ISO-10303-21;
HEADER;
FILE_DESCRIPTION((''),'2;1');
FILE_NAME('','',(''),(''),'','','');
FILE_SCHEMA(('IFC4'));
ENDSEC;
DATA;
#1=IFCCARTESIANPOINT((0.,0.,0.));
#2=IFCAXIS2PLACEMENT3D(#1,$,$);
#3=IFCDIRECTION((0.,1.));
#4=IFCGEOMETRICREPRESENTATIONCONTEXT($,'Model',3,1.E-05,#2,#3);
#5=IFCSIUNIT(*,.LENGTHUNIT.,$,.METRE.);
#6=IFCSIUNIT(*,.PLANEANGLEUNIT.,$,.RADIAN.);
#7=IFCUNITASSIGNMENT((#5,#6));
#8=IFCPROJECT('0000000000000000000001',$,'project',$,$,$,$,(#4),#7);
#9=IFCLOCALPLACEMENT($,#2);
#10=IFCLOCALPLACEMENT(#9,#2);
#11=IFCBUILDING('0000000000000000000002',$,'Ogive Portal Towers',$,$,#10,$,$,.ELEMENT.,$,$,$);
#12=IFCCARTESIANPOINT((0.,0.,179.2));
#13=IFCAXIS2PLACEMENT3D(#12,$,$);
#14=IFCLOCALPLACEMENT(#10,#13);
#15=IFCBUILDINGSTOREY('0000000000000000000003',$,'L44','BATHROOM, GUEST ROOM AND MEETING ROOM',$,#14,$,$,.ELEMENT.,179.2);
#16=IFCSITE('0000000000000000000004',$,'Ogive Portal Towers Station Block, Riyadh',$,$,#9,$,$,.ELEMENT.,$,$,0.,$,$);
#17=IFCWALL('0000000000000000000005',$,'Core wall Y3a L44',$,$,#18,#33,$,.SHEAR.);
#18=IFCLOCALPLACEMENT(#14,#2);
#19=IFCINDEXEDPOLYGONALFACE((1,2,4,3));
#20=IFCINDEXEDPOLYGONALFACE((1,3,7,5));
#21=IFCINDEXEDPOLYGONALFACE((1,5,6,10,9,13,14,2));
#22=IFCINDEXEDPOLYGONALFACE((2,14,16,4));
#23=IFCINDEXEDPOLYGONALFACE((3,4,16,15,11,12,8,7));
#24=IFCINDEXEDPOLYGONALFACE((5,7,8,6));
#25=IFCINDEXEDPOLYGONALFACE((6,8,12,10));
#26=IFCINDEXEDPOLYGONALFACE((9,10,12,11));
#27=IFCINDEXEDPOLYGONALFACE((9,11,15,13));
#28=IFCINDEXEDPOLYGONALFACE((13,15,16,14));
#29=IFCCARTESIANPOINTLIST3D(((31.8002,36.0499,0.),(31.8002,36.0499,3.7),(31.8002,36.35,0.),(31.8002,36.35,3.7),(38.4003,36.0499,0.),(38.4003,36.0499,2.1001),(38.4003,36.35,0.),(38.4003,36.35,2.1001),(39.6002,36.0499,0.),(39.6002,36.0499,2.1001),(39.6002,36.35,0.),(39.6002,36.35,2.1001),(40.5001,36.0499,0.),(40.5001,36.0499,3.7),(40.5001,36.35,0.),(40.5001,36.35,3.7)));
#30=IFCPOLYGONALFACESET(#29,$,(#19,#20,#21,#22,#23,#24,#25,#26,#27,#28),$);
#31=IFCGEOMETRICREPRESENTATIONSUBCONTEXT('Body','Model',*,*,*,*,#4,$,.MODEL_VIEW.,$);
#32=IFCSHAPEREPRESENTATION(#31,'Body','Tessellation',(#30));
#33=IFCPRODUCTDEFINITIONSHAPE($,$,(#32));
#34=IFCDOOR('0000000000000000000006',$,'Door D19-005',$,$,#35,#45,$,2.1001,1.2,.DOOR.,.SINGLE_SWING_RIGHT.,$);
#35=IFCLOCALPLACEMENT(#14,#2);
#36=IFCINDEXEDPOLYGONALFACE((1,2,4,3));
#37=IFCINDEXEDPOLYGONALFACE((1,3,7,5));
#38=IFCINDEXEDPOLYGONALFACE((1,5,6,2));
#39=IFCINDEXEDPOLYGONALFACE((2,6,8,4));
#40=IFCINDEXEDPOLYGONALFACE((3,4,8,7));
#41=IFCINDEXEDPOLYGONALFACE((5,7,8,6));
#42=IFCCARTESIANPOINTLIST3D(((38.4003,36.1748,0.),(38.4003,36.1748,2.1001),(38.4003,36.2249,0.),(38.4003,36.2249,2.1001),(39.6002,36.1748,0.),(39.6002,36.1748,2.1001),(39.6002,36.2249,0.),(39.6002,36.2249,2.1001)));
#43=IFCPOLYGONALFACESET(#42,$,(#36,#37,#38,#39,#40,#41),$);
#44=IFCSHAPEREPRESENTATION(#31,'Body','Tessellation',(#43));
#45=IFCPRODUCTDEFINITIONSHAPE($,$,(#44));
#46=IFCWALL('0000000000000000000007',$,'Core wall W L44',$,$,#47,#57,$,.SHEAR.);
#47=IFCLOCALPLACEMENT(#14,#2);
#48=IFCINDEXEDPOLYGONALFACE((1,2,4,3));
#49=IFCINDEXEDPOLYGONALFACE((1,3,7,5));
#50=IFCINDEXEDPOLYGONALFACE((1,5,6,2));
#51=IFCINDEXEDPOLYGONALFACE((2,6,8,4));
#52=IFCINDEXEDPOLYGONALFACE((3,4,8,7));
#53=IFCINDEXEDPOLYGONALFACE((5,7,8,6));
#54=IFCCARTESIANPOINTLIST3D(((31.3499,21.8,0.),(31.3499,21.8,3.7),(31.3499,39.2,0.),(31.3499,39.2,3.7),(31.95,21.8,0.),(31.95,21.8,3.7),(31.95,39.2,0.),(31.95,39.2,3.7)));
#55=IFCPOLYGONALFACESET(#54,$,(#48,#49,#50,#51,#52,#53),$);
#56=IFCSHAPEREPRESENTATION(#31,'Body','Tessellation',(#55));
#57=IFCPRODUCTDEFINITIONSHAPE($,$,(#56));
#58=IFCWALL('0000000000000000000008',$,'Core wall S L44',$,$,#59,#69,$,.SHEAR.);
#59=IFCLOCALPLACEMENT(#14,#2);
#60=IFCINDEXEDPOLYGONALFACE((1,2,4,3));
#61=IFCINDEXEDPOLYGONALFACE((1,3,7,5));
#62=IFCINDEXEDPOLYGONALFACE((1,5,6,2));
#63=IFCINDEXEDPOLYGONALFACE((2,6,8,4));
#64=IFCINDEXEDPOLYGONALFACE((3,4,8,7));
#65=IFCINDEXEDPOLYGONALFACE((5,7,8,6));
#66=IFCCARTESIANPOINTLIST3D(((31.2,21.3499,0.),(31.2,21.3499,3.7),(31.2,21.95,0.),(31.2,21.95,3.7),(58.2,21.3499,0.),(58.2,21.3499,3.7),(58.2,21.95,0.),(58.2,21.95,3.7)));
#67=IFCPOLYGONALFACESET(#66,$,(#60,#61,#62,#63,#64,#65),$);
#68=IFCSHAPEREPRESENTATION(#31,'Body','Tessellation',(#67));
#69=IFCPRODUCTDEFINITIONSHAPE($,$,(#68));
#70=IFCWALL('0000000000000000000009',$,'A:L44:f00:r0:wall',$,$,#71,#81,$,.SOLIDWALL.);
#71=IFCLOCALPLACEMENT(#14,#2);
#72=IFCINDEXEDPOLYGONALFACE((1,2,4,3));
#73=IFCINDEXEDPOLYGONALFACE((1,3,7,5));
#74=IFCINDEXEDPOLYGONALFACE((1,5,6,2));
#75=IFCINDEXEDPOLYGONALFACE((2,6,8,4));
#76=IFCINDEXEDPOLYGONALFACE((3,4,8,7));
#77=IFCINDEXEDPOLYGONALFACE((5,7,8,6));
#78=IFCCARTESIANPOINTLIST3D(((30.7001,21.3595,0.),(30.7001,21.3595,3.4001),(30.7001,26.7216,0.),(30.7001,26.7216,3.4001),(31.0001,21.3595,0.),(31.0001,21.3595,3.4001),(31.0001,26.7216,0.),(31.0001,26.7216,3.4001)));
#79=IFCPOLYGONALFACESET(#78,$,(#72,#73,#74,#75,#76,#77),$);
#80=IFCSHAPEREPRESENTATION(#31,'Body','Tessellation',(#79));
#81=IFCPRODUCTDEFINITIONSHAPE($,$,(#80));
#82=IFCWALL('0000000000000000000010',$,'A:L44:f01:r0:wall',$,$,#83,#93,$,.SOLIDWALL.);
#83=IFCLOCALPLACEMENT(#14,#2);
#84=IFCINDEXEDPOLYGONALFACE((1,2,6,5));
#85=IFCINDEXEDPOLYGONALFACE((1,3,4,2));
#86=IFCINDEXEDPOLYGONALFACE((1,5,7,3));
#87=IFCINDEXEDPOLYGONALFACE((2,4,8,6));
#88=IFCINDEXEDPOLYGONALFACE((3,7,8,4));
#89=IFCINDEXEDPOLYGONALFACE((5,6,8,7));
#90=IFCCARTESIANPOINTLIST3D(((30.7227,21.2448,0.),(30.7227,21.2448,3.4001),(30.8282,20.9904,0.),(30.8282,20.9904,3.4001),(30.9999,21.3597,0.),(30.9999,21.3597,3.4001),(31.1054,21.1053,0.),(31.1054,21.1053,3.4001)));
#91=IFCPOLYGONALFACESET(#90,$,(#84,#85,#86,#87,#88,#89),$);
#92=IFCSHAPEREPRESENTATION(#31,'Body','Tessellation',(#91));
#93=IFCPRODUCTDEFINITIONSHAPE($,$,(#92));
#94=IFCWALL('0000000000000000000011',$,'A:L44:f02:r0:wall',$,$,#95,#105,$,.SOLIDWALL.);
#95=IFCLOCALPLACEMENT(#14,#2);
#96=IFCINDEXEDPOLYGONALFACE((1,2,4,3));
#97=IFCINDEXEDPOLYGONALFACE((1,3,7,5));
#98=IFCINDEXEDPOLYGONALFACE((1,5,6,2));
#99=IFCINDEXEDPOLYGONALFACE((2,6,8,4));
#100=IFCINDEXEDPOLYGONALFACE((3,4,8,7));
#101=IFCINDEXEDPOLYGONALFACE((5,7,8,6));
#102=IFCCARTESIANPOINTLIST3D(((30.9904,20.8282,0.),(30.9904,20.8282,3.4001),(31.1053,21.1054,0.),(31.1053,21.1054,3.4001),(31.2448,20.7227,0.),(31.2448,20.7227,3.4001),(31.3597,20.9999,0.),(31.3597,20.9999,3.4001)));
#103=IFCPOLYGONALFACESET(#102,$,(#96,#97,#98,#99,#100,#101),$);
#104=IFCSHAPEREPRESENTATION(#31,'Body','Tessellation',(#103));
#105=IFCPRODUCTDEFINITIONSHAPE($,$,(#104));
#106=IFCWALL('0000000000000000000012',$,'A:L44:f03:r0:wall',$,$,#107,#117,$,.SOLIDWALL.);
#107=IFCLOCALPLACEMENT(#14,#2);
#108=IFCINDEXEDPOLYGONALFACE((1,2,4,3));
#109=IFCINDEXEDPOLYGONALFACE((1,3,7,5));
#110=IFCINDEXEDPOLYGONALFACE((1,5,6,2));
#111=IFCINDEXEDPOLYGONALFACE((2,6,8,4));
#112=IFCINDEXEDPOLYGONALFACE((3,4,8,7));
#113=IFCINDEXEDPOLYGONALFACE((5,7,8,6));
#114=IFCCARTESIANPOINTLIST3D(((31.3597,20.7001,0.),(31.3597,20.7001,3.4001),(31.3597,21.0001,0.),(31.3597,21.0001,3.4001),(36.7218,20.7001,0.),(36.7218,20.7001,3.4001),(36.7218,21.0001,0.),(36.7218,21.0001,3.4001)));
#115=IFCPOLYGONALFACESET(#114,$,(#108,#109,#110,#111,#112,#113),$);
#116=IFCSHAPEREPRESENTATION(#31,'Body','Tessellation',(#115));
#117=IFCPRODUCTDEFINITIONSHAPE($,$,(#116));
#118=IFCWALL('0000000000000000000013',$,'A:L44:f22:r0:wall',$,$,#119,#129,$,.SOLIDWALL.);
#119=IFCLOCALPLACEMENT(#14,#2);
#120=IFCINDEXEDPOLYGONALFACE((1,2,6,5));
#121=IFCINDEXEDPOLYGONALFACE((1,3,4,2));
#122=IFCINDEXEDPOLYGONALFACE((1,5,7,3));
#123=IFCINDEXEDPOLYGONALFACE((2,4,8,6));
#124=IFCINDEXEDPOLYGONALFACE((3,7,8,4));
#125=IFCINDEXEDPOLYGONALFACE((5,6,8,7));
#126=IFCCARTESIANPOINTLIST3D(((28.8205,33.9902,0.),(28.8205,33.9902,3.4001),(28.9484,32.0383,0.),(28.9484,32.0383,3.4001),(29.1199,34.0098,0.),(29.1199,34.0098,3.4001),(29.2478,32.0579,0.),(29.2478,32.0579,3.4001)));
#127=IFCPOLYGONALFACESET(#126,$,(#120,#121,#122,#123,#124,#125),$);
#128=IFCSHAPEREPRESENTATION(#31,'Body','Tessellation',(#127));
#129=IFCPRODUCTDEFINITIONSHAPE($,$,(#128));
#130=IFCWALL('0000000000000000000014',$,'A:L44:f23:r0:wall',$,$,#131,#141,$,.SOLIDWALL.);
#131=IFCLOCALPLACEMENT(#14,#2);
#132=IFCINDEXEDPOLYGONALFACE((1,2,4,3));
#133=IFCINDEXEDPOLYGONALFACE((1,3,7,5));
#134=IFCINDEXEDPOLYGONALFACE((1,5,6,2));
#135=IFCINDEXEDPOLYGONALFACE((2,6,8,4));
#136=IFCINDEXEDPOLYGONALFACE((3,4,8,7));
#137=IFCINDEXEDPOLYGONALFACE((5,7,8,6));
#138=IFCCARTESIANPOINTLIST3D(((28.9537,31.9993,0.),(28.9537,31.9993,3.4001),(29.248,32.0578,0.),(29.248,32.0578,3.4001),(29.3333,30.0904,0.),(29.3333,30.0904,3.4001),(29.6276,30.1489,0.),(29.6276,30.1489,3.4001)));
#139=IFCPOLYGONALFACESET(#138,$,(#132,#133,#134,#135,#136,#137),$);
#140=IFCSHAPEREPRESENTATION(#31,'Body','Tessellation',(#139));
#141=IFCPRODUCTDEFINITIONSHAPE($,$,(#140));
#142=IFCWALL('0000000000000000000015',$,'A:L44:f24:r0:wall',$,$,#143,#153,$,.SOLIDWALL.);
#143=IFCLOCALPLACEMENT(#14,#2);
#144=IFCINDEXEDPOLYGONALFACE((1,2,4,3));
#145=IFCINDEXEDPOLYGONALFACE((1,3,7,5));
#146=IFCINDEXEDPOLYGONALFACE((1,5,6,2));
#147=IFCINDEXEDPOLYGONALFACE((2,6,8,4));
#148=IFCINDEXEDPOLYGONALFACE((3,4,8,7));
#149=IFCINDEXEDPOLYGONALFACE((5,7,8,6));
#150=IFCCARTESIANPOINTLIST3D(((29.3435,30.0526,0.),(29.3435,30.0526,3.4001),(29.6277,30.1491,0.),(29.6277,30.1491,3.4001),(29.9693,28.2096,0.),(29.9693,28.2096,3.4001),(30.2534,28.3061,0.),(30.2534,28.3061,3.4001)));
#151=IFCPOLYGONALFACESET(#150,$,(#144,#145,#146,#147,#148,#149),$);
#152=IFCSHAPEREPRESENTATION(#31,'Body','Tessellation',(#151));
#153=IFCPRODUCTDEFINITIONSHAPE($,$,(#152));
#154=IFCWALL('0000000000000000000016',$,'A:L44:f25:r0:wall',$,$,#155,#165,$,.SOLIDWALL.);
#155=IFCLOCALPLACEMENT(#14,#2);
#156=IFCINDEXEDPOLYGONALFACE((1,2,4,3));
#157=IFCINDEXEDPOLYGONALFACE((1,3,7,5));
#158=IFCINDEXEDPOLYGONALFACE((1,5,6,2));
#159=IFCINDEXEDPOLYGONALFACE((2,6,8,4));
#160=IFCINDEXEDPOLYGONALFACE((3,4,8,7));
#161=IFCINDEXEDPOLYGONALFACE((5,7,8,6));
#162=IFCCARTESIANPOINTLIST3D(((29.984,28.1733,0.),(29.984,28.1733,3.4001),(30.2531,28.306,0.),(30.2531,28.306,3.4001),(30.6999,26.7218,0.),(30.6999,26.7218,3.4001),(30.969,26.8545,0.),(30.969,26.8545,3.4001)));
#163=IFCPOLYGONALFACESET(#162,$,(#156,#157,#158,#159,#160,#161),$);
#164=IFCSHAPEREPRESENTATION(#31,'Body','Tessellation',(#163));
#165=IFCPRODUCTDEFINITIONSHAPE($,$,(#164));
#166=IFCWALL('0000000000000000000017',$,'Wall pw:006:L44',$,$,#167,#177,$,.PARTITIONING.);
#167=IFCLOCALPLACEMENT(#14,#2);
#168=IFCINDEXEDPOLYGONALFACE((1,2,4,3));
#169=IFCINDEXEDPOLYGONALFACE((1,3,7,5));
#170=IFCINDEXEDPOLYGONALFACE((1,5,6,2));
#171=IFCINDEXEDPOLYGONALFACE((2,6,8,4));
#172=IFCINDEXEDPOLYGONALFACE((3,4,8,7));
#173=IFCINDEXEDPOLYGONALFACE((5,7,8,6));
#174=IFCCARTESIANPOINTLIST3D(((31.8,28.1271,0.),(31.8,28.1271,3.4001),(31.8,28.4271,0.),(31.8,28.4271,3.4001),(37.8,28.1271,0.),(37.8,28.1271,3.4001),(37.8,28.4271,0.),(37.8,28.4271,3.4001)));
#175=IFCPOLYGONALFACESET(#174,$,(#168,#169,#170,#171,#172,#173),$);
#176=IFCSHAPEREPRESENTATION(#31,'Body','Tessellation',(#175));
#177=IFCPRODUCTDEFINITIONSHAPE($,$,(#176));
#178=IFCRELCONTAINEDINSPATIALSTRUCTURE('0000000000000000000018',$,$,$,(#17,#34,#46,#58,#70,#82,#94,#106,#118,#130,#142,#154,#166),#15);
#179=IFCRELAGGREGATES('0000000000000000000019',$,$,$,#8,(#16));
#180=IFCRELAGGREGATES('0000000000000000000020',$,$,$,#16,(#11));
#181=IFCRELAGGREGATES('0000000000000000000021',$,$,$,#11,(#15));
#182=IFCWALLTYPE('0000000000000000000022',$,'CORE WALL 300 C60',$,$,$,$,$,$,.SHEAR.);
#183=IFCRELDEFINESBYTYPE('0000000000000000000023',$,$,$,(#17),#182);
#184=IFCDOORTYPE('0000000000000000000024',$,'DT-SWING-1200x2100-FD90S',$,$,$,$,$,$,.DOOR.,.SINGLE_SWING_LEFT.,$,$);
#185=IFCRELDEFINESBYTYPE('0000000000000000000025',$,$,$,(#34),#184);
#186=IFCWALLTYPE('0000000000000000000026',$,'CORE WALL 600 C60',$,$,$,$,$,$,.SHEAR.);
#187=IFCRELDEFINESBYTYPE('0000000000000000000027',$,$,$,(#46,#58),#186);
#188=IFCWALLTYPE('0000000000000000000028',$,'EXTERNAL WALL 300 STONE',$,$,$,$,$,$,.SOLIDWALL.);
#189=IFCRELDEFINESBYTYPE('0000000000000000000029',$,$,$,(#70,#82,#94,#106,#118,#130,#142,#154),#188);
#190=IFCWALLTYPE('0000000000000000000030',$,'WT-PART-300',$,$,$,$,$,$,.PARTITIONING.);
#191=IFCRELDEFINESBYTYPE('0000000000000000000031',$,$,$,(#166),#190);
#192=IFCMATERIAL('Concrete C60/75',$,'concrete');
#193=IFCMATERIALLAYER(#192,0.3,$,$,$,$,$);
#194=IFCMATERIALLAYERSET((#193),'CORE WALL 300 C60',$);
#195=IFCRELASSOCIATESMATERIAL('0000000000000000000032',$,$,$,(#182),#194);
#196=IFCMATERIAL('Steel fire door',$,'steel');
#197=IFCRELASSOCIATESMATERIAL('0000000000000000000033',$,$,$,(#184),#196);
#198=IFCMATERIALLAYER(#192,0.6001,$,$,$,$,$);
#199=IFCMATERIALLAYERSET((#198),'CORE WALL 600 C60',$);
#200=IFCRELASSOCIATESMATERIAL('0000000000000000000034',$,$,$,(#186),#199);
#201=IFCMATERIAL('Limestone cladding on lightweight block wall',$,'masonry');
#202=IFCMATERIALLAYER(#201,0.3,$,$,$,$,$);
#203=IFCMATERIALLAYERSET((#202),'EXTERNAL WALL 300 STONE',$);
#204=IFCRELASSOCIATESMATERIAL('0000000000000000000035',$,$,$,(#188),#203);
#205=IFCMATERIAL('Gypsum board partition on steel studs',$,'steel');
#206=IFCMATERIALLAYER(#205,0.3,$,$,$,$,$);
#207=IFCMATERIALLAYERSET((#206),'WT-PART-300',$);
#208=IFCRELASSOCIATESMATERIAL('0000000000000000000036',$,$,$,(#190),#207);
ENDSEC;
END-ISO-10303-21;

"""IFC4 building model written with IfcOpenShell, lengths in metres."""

from ifc_helpers import new_model, si_unit, direction, frame, frame_2d, origin, place, context, subcontext, project, spatial, rectangle, extrude, material, layer, layer_set, type_object, element, fill, save


model = new_model("IFC4")

# Units and contexts
model_context = context("Model", 3, precision=1e-05, world=origin(), true_north=direction((0.0, 1.0)))
body_context = subcontext(model_context, "Body", "Model", "MODEL_VIEW")
ifc_project = project(units=[si_unit("LENGTHUNIT", "METRE"), si_unit("PLANEANGLEUNIT", "RADIAN")], contexts=[model_context])

# Site, building, storey
site_placement = place(None, origin())
site = spatial("IfcSite", under=ifc_project, at=site_placement, Name="Ogive Portal Towers Station Block, Riyadh", CompositionType="ELEMENT", RefElevation=0.0)
building_placement = place(site_placement, origin())
building = spatial("IfcBuilding", under=site, at=building_placement, Name="Ogive Portal Towers", CompositionType="ELEMENT")
storey_placement = place(building_placement, frame((0.0, 0.0, 179.2)))
storey = spatial("IfcBuildingStorey", under=building, at=storey_placement, Name="L44", Description="BATHROOM, GUEST ROOM AND MEETING ROOM", CompositionType="ELEMENT", Elevation=179.2)

# Shared definitions
ifc_material_1 = material(Name="Concrete C60/75", Category="concrete")
ifc_layer_1 = layer(ifc_material_1, 0.3)
ifc_layer_set_1 = layer_set([ifc_layer_1], Name="CORE WALL 300 C60")
wall_type_1 = type_object("IfcWallType", Name="CORE WALL 300 C60", PredefinedType="SHEAR", material=ifc_layer_set_1)
ifc_material_2 = material(Name="Steel fire door", Category="steel")
door_type_1 = type_object("IfcDoorType", Name="DT-SWING-1200x2100-FD90S", OperationType="SINGLE_SWING_LEFT", PredefinedType="DOOR", material=ifc_material_2)

# Wall, opening, door
wall_1_placement = place(storey_placement, frame((31.8, 36.2, 0.0), z_axis=(0.0, 0.0, 1.0), x_axis=(1.0, 0.0, 0.0)))
wall_1 = element("IfcWall", 1, at=wall_1_placement, inside=storey, type_object=wall_type_1, Name="Core wall Y3a L44", PredefinedType="SHEAR", context=body_context, shape_type="SweptSolid", body=[
    extrude(rectangle(XDim=8.7, YDim=0.3, at=frame_2d((4.3501, 0.0))), origin(), (0.0, 0.0, 1.0), 3.7),
])
opening_1_placement = place(wall_1_placement, frame((6.6001, 0.0, 0.0)))
opening_1 = element("IfcOpeningElement", 2, at=opening_1_placement, cuts=wall_1, PredefinedType="OPENING", context=body_context, shape_type="SweptSolid", body=[
    extrude(rectangle(XDim=1.2, YDim=2.1001, at=frame_2d((0.6001, 1.05))), frame((0.0, 0.1602, 0.0), z_axis=(0.0, -1.0, 0.0), x_axis=(1.0, 0.0, 0.0)), (0.0, 0.0, 1.0), 0.3201),
])
door_1_placement = place(opening_1_placement, origin())
door_1 = element("IfcDoor", 3, at=door_1_placement, inside=storey, type_object=door_type_1, Name="Door D19-005", OperationType="SINGLE_SWING_RIGHT", OverallHeight=2.1001, OverallWidth=1.2, PredefinedType="DOOR", context=body_context, shape_type="SweptSolid", body=[
    extrude(rectangle(XDim=1.2, YDim=2.1001, at=frame_2d((0.6001, 1.05))), frame((0.0, 0.0249, 0.0), z_axis=(0.0, -1.0, 0.0), x_axis=(1.0, 0.0, 0.0)), (0.0, 0.0, 1.0), 0.05),
])
fill(opening_1, door_1)

# Walls
ifc_layer_2 = layer(ifc_material_1, 0.6001)
ifc_layer_set_2 = layer_set([ifc_layer_2], Name="CORE WALL 600 C60")
wall_type_2 = type_object("IfcWallType", Name="CORE WALL 600 C60", PredefinedType="SHEAR", material=ifc_layer_set_2)
wall_2_placement = place(storey_placement, frame((31.6499, 21.8, 0.0), z_axis=(0.0, 0.0, 1.0), x_axis=(0.0, 1.0, 0.0)))
element("IfcWall", 4, at=wall_2_placement, inside=storey, type_object=wall_type_2, Name="Core wall W L44", PredefinedType="SHEAR", context=body_context, shape_type="SweptSolid", body=[
    extrude(rectangle(XDim=17.3999, YDim=0.6001, at=frame_2d((8.7, 0.0))), origin(), (0.0, 0.0, 1.0), 3.7),
])
wall_3_placement = place(storey_placement, frame((31.2, 21.6499, 0.0), z_axis=(0.0, 0.0, 1.0), x_axis=(1.0, 0.0, 0.0)))
element("IfcWall", 5, at=wall_3_placement, inside=storey, type_object=wall_type_2, Name="Core wall S L44", PredefinedType="SHEAR", context=body_context, shape_type="SweptSolid", body=[
    extrude(rectangle(XDim=27.0, YDim=0.6001, at=frame_2d((13.5, 0.0))), origin(), (0.0, 0.0, 1.0), 3.7),
])
ifc_material_3 = material(Name="Limestone cladding on lightweight block wall", Category="masonry")
ifc_layer_3 = layer(ifc_material_3, 0.3)
ifc_layer_set_3 = layer_set([ifc_layer_3], Name="EXTERNAL WALL 300 STONE")
wall_type_3 = type_object("IfcWallType", Name="EXTERNAL WALL 300 STONE", PredefinedType="SOLIDWALL", material=ifc_layer_set_3)
wall_4_placement = place(storey_placement, frame((30.8501, 26.7217, 0.0), z_axis=(0.0, 0.0, 1.0), x_axis=(0.0, -1.0, 0.0)))
element("IfcWall", 6, at=wall_4_placement, inside=storey, type_object=wall_type_3, Name="A:L44:f00:r0:wall", PredefinedType="SOLIDWALL", context=body_context, shape_type="SweptSolid", body=[
    extrude(rectangle(XDim=5.3621, YDim=0.3, at=frame_2d((2.6812, 0.0))), origin(), (0.0, 0.0, 1.0), 3.4001),
])
for number, where, z_axis, x_axis, name in (
    (7, (30.8613, 21.3022, 0.0), (0.0, 0.0, 1.0), (0.382978, -0.923757, 0.0), "A:L44:f01:r0:wall"),
    (8, (31.0479, 20.9668, 0.0), (0.0, 0.0, 1.0), (0.923757, -0.382978, 0.0), "A:L44:f02:r0:wall"),
):
    element("IfcWall", number, at=place(storey_placement, frame(where, z_axis=z_axis, x_axis=x_axis)), inside=storey, type_object=wall_type_3, Name=name, PredefinedType="SOLIDWALL", context=body_context, shape_type="SweptSolid", body=[
        extrude(rectangle(XDim=0.2754, YDim=0.3, at=frame_2d((0.1377, 0.0))), origin(), (0.0, 0.0, 1.0), 3.4001),
    ])
wall_5_placement = place(storey_placement, frame((31.3596, 20.8501, 0.0), z_axis=(0.0, 0.0, 1.0), x_axis=(1.0, 0.0, 0.0)))
element("IfcWall", 9, at=wall_5_placement, inside=storey, type_object=wall_type_3, Name="A:L44:f03:r0:wall", PredefinedType="SOLIDWALL", context=body_context, shape_type="SweptSolid", body=[
    extrude(rectangle(XDim=5.3621, YDim=0.3, at=frame_2d((2.6812, 0.0))), origin(), (0.0, 0.0, 1.0), 3.4001),
])
wall_6_placement = place(storey_placement, frame((28.9702, 34.0, 0.0), z_axis=(0.0, 0.0, 1.0), x_axis=(0.065401, -0.997859, 0.0)))
element("IfcWall", 10, at=wall_6_placement, inside=storey, type_object=wall_type_3, Name="A:L44:f22:r0:wall", PredefinedType="SOLIDWALL", context=body_context, shape_type="SweptSolid", body=[
    extrude(rectangle(XDim=1.9561, YDim=0.3, at=frame_2d((0.978, 0.0))), origin(), (0.0, 0.0, 1.0), 3.4001),
])
for number, where, z_axis, x_axis, name in (
    (11, (29.1008, 32.0286, 0.0), (0.0, 0.0, 1.0), (0.195055, -0.980792, 0.0), "A:L44:f23:r0:wall"),
    (12, (29.4856, 30.1008, 0.0), (0.0, 0.0, 1.0), (0.321491, -0.946913, 0.0), "A:L44:f24:r0:wall"),
):
    element("IfcWall", number, at=place(storey_placement, frame(where, z_axis=z_axis, x_axis=x_axis)), inside=storey, type_object=wall_type_3, Name=name, PredefinedType="SOLIDWALL", context=body_context, shape_type="SweptSolid", body=[
        extrude(rectangle(XDim=1.9463, YDim=0.3, at=frame_2d((0.9731, 0.0))), origin(), (0.0, 0.0, 1.0), 3.4001),
    ])
wall_7_placement = place(storey_placement, frame((30.1187, 28.2395, 0.0), z_axis=(0.0, 0.0, 1.0), x_axis=(0.442319, -0.896858, 0.0)))
element("IfcWall", 13, at=wall_7_placement, inside=storey, type_object=wall_type_3, Name="A:L44:f25:r0:wall", PredefinedType="SOLIDWALL", context=body_context, shape_type="SweptSolid", body=[
    extrude(rectangle(XDim=1.6184, YDim=0.3, at=frame_2d((0.8091, 0.0))), origin(), (0.0, 0.0, 1.0), 3.4001),
])
ifc_material_4 = material(Name="Gypsum board partition on steel studs", Category="steel")
ifc_layer_4 = layer(ifc_material_4, 0.3)
ifc_layer_set_4 = layer_set([ifc_layer_4], Name="WT-PART-300")
wall_type_4 = type_object("IfcWallType", Name="WT-PART-300", PredefinedType="PARTITIONING", material=ifc_layer_set_4)
wall_8_placement = place(storey_placement, frame((31.8, 28.2771, 0.0), z_axis=(0.0, 0.0, 1.0), x_axis=(1.0, 0.0, 0.0)))
element("IfcWall", 14, at=wall_8_placement, inside=storey, type_object=wall_type_4, Name="Wall pw:006:L44", PredefinedType="PARTITIONING", context=body_context, shape_type="SweptSolid", body=[
    extrude(rectangle(XDim=6.0, YDim=0.3, at=frame_2d((3.0, 0.0))), origin(), (0.0, 0.0, 1.0), 3.4001),
])

save(model, "model.ifc")
